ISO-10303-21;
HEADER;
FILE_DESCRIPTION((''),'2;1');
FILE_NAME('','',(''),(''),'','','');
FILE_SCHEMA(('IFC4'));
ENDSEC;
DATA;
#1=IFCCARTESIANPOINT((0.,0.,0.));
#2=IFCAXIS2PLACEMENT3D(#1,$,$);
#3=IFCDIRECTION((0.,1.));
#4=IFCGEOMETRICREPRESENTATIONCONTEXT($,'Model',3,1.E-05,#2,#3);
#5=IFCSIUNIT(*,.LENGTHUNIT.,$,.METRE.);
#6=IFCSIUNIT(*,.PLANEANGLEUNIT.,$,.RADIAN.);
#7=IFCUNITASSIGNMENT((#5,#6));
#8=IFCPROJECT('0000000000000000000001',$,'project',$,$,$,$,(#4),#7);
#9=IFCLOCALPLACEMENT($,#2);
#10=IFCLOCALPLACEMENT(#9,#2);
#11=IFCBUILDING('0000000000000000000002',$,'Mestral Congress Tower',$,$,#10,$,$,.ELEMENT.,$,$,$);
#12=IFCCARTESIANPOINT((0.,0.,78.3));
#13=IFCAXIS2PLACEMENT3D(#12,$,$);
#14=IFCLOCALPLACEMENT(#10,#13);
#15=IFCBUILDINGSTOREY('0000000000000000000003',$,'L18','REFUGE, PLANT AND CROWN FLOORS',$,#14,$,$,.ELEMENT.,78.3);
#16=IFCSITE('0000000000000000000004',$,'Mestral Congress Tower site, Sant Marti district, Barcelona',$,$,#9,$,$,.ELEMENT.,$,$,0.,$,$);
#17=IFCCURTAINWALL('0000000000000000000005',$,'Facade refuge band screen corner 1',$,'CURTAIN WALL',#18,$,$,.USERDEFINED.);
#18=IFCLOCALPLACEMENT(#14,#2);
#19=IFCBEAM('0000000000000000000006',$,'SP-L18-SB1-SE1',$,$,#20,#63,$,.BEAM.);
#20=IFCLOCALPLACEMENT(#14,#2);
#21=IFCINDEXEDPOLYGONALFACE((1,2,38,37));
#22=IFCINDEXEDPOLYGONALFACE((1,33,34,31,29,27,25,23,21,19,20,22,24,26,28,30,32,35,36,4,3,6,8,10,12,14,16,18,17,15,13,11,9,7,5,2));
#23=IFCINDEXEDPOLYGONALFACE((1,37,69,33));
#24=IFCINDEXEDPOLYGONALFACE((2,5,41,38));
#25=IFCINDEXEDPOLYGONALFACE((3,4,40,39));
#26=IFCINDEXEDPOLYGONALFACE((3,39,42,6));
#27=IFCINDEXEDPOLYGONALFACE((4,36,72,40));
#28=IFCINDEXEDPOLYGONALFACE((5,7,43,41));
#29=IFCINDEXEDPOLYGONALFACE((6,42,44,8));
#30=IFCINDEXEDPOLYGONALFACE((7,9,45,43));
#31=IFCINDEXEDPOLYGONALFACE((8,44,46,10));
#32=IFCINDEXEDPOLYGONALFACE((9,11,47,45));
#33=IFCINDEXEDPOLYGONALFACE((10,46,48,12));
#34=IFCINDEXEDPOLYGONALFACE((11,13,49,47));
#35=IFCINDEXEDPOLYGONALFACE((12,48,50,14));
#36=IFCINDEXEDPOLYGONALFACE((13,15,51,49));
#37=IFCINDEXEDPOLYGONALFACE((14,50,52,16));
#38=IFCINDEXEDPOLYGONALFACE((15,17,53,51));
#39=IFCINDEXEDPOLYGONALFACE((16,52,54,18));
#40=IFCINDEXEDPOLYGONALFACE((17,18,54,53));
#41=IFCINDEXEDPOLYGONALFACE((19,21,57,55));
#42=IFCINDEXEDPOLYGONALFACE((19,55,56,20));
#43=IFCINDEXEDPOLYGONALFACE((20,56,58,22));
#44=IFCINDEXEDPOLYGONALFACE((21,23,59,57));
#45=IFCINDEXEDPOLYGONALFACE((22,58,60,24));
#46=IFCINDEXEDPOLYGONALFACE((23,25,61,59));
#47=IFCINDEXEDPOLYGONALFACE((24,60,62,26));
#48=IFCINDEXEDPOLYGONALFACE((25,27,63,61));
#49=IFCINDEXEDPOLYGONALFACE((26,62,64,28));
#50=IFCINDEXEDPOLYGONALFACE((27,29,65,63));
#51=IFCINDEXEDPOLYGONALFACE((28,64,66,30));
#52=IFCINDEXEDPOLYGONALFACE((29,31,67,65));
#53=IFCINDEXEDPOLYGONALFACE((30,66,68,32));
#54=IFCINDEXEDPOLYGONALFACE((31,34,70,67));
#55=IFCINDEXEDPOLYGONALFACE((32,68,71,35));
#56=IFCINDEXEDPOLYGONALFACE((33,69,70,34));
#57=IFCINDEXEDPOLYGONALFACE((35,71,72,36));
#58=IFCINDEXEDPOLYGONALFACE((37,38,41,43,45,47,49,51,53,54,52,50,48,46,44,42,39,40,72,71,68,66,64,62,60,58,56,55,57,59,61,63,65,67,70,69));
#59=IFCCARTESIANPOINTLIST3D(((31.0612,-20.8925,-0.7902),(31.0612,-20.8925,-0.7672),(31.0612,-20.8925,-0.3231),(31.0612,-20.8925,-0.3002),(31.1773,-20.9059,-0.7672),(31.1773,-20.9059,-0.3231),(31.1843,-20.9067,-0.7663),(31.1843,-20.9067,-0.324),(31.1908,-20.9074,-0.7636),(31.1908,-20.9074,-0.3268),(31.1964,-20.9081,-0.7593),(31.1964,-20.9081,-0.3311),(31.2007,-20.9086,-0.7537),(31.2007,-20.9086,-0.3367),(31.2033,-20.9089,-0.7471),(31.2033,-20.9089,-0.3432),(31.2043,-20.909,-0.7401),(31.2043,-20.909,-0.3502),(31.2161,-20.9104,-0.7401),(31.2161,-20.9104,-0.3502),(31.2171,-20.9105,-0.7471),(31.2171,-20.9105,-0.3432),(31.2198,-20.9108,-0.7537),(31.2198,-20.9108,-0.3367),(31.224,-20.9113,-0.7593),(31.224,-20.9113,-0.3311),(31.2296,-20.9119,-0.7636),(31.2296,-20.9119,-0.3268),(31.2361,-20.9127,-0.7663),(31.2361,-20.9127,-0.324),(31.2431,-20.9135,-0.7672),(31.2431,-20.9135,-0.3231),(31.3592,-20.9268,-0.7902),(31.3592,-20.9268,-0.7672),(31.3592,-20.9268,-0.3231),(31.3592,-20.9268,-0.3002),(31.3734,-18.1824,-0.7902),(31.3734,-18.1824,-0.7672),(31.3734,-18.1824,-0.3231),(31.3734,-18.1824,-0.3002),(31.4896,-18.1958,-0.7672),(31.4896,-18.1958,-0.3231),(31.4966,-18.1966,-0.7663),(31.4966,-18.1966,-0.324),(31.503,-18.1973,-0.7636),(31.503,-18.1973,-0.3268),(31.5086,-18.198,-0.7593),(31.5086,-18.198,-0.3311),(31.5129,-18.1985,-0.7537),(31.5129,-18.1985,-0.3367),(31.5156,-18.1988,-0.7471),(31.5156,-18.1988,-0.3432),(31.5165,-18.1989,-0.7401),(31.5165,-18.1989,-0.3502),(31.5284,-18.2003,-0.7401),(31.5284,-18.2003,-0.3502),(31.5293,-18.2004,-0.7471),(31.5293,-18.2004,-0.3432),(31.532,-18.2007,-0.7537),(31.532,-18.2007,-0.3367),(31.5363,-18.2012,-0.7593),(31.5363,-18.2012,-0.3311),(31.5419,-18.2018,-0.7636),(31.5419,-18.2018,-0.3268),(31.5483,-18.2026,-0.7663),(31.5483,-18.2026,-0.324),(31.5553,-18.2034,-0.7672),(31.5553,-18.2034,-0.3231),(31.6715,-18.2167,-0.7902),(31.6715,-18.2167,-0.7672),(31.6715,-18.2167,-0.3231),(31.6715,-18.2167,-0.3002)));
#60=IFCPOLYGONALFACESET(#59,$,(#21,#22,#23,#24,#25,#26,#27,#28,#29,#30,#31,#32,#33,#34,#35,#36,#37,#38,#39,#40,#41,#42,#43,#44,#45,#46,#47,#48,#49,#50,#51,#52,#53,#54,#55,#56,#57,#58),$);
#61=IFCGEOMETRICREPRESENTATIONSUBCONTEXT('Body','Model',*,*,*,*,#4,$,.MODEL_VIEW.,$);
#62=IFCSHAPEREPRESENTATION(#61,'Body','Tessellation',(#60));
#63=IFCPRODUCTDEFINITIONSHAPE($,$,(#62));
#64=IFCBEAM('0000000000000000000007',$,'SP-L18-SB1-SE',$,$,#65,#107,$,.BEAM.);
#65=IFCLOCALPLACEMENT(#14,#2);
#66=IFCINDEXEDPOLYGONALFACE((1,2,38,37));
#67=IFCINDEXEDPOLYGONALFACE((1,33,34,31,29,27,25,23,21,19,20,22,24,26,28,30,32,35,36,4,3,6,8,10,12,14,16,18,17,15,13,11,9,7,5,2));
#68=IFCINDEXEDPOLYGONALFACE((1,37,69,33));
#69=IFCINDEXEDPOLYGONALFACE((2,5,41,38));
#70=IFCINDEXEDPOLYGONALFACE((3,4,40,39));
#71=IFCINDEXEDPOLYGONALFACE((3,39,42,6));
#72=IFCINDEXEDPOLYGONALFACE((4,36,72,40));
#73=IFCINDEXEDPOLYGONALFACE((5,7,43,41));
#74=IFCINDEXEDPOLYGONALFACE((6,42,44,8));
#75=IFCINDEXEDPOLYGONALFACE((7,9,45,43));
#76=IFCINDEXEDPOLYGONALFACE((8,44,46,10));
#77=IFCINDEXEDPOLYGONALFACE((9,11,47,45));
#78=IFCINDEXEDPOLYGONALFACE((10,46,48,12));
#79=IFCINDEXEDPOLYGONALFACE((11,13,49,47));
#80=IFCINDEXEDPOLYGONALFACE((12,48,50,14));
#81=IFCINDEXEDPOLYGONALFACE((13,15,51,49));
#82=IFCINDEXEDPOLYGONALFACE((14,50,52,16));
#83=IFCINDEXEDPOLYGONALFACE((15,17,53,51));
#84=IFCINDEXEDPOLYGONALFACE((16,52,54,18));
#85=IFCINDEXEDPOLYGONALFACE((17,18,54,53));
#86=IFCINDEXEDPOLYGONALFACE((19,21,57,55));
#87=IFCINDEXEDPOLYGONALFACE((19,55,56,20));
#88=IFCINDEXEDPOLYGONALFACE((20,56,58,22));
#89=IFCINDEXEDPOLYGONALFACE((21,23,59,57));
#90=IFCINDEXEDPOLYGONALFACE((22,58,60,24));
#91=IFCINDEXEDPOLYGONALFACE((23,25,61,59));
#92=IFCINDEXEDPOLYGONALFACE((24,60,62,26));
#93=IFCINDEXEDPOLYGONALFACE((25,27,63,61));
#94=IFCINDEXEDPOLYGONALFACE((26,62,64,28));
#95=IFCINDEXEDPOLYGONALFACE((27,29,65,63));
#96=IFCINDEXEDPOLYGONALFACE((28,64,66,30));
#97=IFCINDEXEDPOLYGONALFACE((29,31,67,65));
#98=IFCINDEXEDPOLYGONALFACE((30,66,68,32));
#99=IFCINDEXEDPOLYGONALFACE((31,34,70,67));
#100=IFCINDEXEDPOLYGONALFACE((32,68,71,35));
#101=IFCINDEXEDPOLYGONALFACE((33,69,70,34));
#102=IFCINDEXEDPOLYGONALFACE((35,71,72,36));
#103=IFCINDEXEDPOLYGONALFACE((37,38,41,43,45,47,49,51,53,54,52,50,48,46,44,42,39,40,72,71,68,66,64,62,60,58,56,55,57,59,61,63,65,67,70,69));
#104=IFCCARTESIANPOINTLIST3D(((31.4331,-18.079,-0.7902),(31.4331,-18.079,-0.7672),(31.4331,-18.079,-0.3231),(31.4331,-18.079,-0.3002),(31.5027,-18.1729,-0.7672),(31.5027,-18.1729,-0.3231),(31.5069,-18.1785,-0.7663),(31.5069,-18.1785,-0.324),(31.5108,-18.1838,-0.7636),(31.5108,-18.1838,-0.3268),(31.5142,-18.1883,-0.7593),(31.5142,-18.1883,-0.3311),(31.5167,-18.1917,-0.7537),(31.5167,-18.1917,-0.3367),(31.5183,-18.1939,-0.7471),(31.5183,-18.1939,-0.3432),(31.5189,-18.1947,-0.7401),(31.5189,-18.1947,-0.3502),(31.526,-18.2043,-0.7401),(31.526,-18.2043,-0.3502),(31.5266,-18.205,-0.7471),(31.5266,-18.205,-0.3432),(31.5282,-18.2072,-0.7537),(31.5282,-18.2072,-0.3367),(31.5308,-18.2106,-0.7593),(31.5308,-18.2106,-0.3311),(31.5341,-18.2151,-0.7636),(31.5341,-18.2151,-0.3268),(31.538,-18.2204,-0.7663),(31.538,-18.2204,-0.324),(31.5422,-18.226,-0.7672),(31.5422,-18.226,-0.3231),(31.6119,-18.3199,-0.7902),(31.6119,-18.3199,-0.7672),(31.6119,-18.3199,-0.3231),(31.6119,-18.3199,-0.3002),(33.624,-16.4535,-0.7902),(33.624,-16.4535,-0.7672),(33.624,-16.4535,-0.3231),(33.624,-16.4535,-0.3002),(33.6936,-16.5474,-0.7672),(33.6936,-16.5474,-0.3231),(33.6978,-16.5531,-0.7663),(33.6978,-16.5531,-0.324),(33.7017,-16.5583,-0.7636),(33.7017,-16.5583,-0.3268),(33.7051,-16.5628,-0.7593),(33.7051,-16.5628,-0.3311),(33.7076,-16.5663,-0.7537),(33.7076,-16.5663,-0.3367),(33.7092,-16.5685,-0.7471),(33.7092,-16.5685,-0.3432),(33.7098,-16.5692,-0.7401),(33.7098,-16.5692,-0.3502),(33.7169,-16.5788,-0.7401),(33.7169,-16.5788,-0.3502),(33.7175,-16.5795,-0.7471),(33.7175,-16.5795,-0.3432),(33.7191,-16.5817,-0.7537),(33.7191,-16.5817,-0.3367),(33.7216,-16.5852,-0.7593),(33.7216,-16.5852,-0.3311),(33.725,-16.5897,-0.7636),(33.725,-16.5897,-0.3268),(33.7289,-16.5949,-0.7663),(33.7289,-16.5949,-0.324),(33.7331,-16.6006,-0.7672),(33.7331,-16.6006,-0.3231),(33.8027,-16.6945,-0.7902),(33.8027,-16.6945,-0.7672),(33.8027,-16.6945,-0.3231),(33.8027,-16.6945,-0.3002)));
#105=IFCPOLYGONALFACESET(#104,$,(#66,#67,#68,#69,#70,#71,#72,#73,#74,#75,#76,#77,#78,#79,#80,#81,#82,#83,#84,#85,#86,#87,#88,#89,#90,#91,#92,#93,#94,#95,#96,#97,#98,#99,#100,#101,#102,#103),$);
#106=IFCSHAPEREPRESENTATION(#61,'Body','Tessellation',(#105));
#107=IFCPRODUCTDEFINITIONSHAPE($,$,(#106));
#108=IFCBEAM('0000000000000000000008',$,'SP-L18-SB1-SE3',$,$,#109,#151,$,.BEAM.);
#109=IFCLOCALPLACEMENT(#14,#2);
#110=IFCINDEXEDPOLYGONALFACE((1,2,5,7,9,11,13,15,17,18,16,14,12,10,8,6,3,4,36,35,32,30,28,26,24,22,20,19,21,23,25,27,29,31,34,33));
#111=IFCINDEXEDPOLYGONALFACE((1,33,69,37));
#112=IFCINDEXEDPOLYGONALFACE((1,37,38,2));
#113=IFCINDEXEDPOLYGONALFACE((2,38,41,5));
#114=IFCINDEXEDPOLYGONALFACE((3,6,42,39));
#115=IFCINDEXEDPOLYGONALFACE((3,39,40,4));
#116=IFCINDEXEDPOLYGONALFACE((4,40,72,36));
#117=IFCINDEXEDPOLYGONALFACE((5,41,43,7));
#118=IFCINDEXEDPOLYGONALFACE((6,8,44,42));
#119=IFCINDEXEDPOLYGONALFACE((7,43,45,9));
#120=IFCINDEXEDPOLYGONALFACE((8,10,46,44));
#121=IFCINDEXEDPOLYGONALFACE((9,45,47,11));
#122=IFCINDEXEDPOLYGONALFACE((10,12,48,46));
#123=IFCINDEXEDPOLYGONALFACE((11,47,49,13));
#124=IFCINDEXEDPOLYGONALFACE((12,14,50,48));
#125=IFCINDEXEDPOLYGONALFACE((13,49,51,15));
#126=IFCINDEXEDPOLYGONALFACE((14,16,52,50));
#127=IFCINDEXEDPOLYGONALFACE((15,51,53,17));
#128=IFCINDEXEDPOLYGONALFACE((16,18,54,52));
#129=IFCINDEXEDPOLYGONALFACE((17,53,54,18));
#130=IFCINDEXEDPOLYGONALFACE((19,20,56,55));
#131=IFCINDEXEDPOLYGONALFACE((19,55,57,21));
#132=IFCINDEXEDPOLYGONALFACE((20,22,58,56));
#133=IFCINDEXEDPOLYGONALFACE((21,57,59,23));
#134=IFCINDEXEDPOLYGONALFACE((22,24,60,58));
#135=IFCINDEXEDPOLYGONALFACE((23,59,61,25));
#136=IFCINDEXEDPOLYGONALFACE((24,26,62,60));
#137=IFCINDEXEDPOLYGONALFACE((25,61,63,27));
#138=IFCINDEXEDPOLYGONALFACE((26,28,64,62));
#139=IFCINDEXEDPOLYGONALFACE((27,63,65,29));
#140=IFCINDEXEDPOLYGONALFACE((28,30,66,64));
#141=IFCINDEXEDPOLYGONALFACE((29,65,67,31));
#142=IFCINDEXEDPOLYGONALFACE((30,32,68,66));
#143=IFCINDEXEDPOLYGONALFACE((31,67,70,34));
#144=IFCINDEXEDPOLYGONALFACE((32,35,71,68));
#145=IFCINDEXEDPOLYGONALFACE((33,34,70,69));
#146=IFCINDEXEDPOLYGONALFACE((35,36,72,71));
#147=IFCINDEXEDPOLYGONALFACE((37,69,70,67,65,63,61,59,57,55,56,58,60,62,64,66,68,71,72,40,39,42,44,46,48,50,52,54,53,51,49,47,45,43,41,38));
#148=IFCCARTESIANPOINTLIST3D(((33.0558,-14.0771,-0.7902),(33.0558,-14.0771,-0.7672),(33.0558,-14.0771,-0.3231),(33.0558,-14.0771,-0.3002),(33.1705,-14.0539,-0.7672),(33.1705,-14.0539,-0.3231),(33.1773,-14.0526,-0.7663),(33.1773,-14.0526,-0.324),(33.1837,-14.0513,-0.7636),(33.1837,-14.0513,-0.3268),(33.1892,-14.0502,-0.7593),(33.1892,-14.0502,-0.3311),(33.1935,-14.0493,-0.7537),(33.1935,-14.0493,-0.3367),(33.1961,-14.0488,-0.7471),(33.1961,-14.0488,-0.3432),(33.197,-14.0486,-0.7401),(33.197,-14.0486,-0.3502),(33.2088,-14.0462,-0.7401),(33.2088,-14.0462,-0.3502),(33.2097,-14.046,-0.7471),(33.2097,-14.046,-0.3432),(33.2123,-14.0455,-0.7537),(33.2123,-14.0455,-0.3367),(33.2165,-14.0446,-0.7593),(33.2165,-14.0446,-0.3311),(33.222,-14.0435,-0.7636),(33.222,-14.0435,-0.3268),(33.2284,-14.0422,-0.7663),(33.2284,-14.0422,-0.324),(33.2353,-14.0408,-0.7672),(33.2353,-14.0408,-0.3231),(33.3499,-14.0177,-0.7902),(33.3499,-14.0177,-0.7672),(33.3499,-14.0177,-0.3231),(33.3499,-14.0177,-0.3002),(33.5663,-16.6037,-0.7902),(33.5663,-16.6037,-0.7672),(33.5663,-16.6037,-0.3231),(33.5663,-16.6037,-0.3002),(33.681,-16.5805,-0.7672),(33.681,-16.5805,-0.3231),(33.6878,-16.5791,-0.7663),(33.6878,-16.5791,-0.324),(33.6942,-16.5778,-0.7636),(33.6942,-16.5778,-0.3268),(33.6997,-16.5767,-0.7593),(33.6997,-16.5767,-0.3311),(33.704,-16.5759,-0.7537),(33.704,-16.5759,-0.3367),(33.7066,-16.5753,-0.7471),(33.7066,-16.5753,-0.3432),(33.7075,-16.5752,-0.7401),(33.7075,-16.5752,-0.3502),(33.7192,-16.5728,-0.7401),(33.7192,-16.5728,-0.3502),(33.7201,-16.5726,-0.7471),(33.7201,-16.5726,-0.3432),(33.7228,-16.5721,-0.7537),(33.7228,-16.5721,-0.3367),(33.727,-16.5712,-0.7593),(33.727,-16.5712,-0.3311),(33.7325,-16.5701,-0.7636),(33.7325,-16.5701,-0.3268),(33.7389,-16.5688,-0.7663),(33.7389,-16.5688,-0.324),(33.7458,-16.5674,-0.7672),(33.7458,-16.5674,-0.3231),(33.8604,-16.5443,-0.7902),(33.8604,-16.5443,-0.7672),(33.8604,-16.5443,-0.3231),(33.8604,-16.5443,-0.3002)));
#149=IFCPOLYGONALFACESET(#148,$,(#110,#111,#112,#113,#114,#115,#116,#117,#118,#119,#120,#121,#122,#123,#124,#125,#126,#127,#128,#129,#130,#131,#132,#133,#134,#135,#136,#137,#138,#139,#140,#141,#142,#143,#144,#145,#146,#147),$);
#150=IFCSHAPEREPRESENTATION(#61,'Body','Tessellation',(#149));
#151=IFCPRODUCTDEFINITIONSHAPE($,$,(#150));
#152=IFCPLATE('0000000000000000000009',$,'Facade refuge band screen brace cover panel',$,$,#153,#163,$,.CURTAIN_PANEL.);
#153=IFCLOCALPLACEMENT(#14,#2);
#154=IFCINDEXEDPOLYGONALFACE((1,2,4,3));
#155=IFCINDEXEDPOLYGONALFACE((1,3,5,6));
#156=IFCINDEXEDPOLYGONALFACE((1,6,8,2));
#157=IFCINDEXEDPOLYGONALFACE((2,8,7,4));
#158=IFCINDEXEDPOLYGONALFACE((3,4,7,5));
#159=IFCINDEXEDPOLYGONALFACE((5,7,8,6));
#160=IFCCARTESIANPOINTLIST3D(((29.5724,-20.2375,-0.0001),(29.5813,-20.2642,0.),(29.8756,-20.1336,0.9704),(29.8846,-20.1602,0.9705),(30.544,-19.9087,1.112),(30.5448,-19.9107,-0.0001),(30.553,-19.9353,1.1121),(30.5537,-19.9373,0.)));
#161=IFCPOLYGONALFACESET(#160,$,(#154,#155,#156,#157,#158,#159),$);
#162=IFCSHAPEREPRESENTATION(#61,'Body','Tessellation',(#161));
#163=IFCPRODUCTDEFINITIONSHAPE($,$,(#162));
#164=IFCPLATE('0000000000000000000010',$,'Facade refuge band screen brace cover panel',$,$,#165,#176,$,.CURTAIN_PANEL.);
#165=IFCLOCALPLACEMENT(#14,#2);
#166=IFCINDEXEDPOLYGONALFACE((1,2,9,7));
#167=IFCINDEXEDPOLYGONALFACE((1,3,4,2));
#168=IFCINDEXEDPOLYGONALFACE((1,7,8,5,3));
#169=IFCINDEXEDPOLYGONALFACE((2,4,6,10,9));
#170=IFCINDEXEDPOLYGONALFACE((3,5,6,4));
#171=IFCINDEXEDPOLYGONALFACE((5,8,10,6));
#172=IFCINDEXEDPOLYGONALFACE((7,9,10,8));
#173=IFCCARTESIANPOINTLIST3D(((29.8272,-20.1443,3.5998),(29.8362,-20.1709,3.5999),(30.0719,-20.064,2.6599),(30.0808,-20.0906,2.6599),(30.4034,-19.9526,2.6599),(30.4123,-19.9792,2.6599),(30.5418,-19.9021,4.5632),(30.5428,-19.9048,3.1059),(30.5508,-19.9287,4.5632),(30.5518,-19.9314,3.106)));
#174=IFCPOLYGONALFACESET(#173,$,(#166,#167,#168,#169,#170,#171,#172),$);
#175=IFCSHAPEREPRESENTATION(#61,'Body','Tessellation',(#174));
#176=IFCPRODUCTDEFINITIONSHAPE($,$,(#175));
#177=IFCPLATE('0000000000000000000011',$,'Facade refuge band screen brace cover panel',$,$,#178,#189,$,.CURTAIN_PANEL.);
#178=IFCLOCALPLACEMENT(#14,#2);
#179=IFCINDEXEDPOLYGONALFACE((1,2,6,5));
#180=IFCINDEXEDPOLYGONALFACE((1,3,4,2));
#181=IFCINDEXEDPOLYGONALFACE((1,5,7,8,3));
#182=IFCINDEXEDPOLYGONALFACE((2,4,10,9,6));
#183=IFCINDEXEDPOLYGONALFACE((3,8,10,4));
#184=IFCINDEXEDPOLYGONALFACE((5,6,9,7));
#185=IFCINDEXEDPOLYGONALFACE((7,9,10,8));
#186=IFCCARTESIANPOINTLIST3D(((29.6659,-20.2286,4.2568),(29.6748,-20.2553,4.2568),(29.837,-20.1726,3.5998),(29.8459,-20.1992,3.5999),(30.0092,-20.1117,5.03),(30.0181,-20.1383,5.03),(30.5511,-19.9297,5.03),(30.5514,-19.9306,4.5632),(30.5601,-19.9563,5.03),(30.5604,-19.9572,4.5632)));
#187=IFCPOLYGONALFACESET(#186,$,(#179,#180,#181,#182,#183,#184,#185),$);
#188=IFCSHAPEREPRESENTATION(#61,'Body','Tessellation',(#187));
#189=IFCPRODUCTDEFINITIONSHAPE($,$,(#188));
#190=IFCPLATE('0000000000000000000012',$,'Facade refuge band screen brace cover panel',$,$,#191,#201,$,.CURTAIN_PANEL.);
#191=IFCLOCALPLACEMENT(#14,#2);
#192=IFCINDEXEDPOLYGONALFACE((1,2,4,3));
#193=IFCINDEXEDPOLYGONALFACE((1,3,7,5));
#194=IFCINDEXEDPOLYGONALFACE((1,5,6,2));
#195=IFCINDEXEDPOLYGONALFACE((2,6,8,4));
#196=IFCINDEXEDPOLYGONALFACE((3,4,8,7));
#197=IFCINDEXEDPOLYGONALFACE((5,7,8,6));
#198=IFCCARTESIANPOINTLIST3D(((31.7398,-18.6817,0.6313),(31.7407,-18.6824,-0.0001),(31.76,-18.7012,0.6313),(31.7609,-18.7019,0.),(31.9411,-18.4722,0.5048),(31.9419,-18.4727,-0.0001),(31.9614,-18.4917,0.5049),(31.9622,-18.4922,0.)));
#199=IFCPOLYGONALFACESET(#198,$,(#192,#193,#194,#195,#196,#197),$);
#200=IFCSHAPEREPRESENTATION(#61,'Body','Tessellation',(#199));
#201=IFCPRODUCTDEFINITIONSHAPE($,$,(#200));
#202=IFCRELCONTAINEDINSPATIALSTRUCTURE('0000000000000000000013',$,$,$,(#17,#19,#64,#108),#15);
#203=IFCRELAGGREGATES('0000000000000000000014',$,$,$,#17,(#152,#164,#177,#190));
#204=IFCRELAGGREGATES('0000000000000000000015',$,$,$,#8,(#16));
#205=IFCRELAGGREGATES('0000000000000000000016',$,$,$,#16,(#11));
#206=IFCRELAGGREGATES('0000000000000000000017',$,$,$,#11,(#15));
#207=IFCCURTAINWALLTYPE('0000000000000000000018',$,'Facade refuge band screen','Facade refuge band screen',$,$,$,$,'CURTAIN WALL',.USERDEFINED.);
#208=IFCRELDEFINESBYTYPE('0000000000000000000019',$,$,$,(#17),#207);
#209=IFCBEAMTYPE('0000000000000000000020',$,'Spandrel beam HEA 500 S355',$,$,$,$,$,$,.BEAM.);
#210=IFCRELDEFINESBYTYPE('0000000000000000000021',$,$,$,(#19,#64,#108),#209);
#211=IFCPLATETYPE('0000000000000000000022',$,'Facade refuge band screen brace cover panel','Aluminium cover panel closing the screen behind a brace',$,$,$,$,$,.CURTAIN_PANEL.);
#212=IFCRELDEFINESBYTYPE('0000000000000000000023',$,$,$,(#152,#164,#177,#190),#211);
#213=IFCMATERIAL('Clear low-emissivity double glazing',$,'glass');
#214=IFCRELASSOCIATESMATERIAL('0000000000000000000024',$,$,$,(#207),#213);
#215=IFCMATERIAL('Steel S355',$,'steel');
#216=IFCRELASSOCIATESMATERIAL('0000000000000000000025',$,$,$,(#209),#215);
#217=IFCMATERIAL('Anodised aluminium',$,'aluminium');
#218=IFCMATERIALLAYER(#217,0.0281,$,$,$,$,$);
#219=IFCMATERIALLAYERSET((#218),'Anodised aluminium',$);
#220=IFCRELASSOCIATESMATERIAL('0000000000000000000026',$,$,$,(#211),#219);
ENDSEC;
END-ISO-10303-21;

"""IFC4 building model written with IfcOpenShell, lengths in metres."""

from ifc_helpers import new_model, si_unit, direction, frame, origin, origin_2d, place, context, subcontext, project, spatial, polyline, i_section, outline, extrude, material, layer, layer_set, material_profile, profile_set, type_object, element, aggregate, save


model = new_model("IFC4")

# Units and contexts
model_context = context("Model", 3, precision=1e-05, world=origin(), true_north=direction((0.0, 1.0)))
body_context = subcontext(model_context, "Body", "Model", "MODEL_VIEW")
ifc_project = project(units=[si_unit("LENGTHUNIT", "METRE"), si_unit("PLANEANGLEUNIT", "RADIAN")], contexts=[model_context])

# Site, building, storey
site_placement = place(None, origin())
site = spatial("IfcSite", under=ifc_project, at=site_placement, Name="Mestral Congress Tower site, Sant Marti district, Barcelona", CompositionType="ELEMENT", RefElevation=0.0)
building_placement = place(site_placement, origin())
building = spatial("IfcBuilding", under=site, at=building_placement, Name="Mestral Congress Tower", CompositionType="ELEMENT")
storey_placement = place(building_placement, frame((0.0, 0.0, 78.3)))
storey = spatial("IfcBuildingStorey", under=building, at=storey_placement, Name="L18", Description="REFUGE, PLANT AND CROWN FLOORS", CompositionType="ELEMENT", Elevation=78.3)

# Shared definitions
ifc_material_1 = material(Name="Steel S355", Category="steel")

# Curtain wall
ifc_material_2 = material(Name="Clear low-emissivity double glazing", Category="glass")
curtain_wall_type = type_object("IfcCurtainWallType", Name="Facade refuge band screen", Description="Facade refuge band screen", ElementType="CURTAIN WALL", PredefinedType="USERDEFINED", material=ifc_material_2)
curtain_wall_placement = place(storey_placement, origin())
curtain_wall = element("IfcCurtainWall", 1, at=curtain_wall_placement, inside=storey, type_object=curtain_wall_type, Name="Facade refuge band screen corner 1", ObjectType="CURTAIN WALL", PredefinedType="USERDEFINED")
ifc_material_3 = material(Name="Anodised aluminium", Category="aluminium")

# Beams
ifc_material_profile_1 = material_profile(ifc_material_1, i_section(OverallWidth=0.3, OverallDepth=0.49, WebThickness=0.012, FlangeThickness=0.0229, FilletRadius=0.0271, at=origin_2d()), Name="HEA 500")
ifc_profile_set_1 = profile_set([ifc_material_profile_1], Name="Steel S355")
beam_type_1 = type_object("IfcBeamType", Name="Spandrel beam HEA 500 S355", PredefinedType="BEAM", material=ifc_profile_set_1)
for number, where, z_axis, x_axis, name in (
    (2, (31.2102, -20.9097, -0.5452), (0.114458, 0.993428, 0.0), (-0.993428, 0.114458, 0.0), "SP-L18-SB1-SE1"),
    (3, (31.5225, -18.1995, -0.5452), (0.803104, 0.595839, 0.0), (-0.595839, 0.803104, 0.0), "SP-L18-SB1-SE"),
):
    element("IfcBeam", number, at=place(storey_placement, frame(where, z_axis=z_axis, x_axis=x_axis)), inside=storey, type_object=beam_type_1, Name=name, PredefinedType="BEAM", context=body_context, shape_type="SweptSolid", body=[
        extrude(i_section(OverallWidth=0.3, OverallDepth=0.49, WebThickness=0.012, FlangeThickness=0.0229, FilletRadius=0.0271, at=origin_2d()), origin(), (0.0, 0.0, 1.0), 2.728),
    ])
beam_1_placement = place(storey_placement, frame((33.7134, -16.574, -0.5452), z_axis=(-0.198046, 0.980193, 0.0), x_axis=(-0.980193, -0.198046, 0.0)))
element("IfcBeam", 4, at=beam_1_placement, inside=storey, type_object=beam_type_1, Name="SP-L18-SB1-SE3", PredefinedType="BEAM", context=body_context, shape_type="SweptSolid", body=[
    extrude(i_section(OverallWidth=0.3, OverallDepth=0.49, WebThickness=0.012, FlangeThickness=0.0229, FilletRadius=0.0271, at=origin_2d()), origin(), (0.0, 0.0, 1.0), 2.5776),
])

# Plates
ifc_layer_1 = layer(ifc_material_3, 0.0281)
ifc_layer_set_1 = layer_set([ifc_layer_1], Name="Anodised aluminium")
plate_type = type_object("IfcPlateType", Name="Facade refuge band screen brace cover panel", Description="Aluminium cover panel closing the screen behind a brace", PredefinedType="CURTAIN_PANEL", material=ifc_layer_set_1)
plate_1_placement = place(storey_placement, frame((29.5813, -20.2642, 0.0), z_axis=(0.318571, -0.947897, 0.001955), x_axis=(0.296714, 0.101679, 0.949538)))
plate_1 = element("IfcPlate", 5, at=plate_1_placement, type_object=plate_type, Name="Facade refuge band screen brace cover panel", PredefinedType="CURTAIN_PANEL", context=body_context, shape_type="SweptSolid", body=[
    extrude(outline(polyline([(0.0, 0.0), (1.022, 0.0), (1.3777, -0.6253), (0.3218, -0.9741), (0.0, 0.0)])), origin(), (0.0, 0.0, -1.0), 0.0281),
])
plate_2_placement = place(storey_placement, frame((30.5508, -19.9287, 4.5632), z_axis=(0.318574, -0.947896, 0.001966), x_axis=(0.000672, -0.001848, -0.999998)))
plate_2 = element("IfcPlate", 6, at=plate_2_placement, type_object=plate_type, Name="Facade refuge band screen brace cover panel", PredefinedType="CURTAIN_PANEL", context=body_context, shape_type="SweptSolid", body=[
    extrude(outline(polyline([(0.0, 0.0), (1.4573, 0.0), (1.9033, -0.1474), (1.9033, -0.4971), (0.9633, -0.7546), (0.0, 0.0)])), origin(), (0.0, 0.0, -1.0), 0.0281),
])
plate_3_placement = place(storey_placement, frame((29.8459, -20.1992, 3.5999), z_axis=(0.318342, -0.947974, 0.002055), x_axis=(-0.251173, -0.082256, 0.964441)))
plate_3 = element("IfcPlate", 7, at=plate_3_placement, type_object=plate_type, Name="Facade refuge band screen brace cover panel", PredefinedType="CURTAIN_PANEL", context=body_context, shape_type="SweptSolid", body=[
    extrude(outline(polyline([(0.0, 0.0), (0.6812, 0.0), (1.3311, -0.5541), (1.18, -1.1055), (0.7298, -0.9821), (0.0, 0.0)])), origin(), (0.0, 0.0, -1.0), 0.0281),
])
plate_4_placement = place(storey_placement, frame((31.9622, -18.4922, 0.0), z_axis=(0.721519, -0.692392, 0.001829), x_axis=(-0.692393, -0.72152, 0.0)))
plate_4 = element("IfcPlate", 8, at=plate_4_placement, type_object=plate_type, Name="Facade refuge band screen brace cover panel", PredefinedType="CURTAIN_PANEL", context=body_context, shape_type="SweptSolid", body=[
    extrude(outline(polyline([(0.0, 0.0), (0.2906, 0.0), (0.2908, -0.6313), (0.0002, -0.5049), (0.0, 0.0)])), origin(), (0.0, 0.0, -1.0), 0.0281),
])

aggregate(curtain_wall, [plate_1, plate_2, plate_3, plate_4])

save(model, "model.ifc")
